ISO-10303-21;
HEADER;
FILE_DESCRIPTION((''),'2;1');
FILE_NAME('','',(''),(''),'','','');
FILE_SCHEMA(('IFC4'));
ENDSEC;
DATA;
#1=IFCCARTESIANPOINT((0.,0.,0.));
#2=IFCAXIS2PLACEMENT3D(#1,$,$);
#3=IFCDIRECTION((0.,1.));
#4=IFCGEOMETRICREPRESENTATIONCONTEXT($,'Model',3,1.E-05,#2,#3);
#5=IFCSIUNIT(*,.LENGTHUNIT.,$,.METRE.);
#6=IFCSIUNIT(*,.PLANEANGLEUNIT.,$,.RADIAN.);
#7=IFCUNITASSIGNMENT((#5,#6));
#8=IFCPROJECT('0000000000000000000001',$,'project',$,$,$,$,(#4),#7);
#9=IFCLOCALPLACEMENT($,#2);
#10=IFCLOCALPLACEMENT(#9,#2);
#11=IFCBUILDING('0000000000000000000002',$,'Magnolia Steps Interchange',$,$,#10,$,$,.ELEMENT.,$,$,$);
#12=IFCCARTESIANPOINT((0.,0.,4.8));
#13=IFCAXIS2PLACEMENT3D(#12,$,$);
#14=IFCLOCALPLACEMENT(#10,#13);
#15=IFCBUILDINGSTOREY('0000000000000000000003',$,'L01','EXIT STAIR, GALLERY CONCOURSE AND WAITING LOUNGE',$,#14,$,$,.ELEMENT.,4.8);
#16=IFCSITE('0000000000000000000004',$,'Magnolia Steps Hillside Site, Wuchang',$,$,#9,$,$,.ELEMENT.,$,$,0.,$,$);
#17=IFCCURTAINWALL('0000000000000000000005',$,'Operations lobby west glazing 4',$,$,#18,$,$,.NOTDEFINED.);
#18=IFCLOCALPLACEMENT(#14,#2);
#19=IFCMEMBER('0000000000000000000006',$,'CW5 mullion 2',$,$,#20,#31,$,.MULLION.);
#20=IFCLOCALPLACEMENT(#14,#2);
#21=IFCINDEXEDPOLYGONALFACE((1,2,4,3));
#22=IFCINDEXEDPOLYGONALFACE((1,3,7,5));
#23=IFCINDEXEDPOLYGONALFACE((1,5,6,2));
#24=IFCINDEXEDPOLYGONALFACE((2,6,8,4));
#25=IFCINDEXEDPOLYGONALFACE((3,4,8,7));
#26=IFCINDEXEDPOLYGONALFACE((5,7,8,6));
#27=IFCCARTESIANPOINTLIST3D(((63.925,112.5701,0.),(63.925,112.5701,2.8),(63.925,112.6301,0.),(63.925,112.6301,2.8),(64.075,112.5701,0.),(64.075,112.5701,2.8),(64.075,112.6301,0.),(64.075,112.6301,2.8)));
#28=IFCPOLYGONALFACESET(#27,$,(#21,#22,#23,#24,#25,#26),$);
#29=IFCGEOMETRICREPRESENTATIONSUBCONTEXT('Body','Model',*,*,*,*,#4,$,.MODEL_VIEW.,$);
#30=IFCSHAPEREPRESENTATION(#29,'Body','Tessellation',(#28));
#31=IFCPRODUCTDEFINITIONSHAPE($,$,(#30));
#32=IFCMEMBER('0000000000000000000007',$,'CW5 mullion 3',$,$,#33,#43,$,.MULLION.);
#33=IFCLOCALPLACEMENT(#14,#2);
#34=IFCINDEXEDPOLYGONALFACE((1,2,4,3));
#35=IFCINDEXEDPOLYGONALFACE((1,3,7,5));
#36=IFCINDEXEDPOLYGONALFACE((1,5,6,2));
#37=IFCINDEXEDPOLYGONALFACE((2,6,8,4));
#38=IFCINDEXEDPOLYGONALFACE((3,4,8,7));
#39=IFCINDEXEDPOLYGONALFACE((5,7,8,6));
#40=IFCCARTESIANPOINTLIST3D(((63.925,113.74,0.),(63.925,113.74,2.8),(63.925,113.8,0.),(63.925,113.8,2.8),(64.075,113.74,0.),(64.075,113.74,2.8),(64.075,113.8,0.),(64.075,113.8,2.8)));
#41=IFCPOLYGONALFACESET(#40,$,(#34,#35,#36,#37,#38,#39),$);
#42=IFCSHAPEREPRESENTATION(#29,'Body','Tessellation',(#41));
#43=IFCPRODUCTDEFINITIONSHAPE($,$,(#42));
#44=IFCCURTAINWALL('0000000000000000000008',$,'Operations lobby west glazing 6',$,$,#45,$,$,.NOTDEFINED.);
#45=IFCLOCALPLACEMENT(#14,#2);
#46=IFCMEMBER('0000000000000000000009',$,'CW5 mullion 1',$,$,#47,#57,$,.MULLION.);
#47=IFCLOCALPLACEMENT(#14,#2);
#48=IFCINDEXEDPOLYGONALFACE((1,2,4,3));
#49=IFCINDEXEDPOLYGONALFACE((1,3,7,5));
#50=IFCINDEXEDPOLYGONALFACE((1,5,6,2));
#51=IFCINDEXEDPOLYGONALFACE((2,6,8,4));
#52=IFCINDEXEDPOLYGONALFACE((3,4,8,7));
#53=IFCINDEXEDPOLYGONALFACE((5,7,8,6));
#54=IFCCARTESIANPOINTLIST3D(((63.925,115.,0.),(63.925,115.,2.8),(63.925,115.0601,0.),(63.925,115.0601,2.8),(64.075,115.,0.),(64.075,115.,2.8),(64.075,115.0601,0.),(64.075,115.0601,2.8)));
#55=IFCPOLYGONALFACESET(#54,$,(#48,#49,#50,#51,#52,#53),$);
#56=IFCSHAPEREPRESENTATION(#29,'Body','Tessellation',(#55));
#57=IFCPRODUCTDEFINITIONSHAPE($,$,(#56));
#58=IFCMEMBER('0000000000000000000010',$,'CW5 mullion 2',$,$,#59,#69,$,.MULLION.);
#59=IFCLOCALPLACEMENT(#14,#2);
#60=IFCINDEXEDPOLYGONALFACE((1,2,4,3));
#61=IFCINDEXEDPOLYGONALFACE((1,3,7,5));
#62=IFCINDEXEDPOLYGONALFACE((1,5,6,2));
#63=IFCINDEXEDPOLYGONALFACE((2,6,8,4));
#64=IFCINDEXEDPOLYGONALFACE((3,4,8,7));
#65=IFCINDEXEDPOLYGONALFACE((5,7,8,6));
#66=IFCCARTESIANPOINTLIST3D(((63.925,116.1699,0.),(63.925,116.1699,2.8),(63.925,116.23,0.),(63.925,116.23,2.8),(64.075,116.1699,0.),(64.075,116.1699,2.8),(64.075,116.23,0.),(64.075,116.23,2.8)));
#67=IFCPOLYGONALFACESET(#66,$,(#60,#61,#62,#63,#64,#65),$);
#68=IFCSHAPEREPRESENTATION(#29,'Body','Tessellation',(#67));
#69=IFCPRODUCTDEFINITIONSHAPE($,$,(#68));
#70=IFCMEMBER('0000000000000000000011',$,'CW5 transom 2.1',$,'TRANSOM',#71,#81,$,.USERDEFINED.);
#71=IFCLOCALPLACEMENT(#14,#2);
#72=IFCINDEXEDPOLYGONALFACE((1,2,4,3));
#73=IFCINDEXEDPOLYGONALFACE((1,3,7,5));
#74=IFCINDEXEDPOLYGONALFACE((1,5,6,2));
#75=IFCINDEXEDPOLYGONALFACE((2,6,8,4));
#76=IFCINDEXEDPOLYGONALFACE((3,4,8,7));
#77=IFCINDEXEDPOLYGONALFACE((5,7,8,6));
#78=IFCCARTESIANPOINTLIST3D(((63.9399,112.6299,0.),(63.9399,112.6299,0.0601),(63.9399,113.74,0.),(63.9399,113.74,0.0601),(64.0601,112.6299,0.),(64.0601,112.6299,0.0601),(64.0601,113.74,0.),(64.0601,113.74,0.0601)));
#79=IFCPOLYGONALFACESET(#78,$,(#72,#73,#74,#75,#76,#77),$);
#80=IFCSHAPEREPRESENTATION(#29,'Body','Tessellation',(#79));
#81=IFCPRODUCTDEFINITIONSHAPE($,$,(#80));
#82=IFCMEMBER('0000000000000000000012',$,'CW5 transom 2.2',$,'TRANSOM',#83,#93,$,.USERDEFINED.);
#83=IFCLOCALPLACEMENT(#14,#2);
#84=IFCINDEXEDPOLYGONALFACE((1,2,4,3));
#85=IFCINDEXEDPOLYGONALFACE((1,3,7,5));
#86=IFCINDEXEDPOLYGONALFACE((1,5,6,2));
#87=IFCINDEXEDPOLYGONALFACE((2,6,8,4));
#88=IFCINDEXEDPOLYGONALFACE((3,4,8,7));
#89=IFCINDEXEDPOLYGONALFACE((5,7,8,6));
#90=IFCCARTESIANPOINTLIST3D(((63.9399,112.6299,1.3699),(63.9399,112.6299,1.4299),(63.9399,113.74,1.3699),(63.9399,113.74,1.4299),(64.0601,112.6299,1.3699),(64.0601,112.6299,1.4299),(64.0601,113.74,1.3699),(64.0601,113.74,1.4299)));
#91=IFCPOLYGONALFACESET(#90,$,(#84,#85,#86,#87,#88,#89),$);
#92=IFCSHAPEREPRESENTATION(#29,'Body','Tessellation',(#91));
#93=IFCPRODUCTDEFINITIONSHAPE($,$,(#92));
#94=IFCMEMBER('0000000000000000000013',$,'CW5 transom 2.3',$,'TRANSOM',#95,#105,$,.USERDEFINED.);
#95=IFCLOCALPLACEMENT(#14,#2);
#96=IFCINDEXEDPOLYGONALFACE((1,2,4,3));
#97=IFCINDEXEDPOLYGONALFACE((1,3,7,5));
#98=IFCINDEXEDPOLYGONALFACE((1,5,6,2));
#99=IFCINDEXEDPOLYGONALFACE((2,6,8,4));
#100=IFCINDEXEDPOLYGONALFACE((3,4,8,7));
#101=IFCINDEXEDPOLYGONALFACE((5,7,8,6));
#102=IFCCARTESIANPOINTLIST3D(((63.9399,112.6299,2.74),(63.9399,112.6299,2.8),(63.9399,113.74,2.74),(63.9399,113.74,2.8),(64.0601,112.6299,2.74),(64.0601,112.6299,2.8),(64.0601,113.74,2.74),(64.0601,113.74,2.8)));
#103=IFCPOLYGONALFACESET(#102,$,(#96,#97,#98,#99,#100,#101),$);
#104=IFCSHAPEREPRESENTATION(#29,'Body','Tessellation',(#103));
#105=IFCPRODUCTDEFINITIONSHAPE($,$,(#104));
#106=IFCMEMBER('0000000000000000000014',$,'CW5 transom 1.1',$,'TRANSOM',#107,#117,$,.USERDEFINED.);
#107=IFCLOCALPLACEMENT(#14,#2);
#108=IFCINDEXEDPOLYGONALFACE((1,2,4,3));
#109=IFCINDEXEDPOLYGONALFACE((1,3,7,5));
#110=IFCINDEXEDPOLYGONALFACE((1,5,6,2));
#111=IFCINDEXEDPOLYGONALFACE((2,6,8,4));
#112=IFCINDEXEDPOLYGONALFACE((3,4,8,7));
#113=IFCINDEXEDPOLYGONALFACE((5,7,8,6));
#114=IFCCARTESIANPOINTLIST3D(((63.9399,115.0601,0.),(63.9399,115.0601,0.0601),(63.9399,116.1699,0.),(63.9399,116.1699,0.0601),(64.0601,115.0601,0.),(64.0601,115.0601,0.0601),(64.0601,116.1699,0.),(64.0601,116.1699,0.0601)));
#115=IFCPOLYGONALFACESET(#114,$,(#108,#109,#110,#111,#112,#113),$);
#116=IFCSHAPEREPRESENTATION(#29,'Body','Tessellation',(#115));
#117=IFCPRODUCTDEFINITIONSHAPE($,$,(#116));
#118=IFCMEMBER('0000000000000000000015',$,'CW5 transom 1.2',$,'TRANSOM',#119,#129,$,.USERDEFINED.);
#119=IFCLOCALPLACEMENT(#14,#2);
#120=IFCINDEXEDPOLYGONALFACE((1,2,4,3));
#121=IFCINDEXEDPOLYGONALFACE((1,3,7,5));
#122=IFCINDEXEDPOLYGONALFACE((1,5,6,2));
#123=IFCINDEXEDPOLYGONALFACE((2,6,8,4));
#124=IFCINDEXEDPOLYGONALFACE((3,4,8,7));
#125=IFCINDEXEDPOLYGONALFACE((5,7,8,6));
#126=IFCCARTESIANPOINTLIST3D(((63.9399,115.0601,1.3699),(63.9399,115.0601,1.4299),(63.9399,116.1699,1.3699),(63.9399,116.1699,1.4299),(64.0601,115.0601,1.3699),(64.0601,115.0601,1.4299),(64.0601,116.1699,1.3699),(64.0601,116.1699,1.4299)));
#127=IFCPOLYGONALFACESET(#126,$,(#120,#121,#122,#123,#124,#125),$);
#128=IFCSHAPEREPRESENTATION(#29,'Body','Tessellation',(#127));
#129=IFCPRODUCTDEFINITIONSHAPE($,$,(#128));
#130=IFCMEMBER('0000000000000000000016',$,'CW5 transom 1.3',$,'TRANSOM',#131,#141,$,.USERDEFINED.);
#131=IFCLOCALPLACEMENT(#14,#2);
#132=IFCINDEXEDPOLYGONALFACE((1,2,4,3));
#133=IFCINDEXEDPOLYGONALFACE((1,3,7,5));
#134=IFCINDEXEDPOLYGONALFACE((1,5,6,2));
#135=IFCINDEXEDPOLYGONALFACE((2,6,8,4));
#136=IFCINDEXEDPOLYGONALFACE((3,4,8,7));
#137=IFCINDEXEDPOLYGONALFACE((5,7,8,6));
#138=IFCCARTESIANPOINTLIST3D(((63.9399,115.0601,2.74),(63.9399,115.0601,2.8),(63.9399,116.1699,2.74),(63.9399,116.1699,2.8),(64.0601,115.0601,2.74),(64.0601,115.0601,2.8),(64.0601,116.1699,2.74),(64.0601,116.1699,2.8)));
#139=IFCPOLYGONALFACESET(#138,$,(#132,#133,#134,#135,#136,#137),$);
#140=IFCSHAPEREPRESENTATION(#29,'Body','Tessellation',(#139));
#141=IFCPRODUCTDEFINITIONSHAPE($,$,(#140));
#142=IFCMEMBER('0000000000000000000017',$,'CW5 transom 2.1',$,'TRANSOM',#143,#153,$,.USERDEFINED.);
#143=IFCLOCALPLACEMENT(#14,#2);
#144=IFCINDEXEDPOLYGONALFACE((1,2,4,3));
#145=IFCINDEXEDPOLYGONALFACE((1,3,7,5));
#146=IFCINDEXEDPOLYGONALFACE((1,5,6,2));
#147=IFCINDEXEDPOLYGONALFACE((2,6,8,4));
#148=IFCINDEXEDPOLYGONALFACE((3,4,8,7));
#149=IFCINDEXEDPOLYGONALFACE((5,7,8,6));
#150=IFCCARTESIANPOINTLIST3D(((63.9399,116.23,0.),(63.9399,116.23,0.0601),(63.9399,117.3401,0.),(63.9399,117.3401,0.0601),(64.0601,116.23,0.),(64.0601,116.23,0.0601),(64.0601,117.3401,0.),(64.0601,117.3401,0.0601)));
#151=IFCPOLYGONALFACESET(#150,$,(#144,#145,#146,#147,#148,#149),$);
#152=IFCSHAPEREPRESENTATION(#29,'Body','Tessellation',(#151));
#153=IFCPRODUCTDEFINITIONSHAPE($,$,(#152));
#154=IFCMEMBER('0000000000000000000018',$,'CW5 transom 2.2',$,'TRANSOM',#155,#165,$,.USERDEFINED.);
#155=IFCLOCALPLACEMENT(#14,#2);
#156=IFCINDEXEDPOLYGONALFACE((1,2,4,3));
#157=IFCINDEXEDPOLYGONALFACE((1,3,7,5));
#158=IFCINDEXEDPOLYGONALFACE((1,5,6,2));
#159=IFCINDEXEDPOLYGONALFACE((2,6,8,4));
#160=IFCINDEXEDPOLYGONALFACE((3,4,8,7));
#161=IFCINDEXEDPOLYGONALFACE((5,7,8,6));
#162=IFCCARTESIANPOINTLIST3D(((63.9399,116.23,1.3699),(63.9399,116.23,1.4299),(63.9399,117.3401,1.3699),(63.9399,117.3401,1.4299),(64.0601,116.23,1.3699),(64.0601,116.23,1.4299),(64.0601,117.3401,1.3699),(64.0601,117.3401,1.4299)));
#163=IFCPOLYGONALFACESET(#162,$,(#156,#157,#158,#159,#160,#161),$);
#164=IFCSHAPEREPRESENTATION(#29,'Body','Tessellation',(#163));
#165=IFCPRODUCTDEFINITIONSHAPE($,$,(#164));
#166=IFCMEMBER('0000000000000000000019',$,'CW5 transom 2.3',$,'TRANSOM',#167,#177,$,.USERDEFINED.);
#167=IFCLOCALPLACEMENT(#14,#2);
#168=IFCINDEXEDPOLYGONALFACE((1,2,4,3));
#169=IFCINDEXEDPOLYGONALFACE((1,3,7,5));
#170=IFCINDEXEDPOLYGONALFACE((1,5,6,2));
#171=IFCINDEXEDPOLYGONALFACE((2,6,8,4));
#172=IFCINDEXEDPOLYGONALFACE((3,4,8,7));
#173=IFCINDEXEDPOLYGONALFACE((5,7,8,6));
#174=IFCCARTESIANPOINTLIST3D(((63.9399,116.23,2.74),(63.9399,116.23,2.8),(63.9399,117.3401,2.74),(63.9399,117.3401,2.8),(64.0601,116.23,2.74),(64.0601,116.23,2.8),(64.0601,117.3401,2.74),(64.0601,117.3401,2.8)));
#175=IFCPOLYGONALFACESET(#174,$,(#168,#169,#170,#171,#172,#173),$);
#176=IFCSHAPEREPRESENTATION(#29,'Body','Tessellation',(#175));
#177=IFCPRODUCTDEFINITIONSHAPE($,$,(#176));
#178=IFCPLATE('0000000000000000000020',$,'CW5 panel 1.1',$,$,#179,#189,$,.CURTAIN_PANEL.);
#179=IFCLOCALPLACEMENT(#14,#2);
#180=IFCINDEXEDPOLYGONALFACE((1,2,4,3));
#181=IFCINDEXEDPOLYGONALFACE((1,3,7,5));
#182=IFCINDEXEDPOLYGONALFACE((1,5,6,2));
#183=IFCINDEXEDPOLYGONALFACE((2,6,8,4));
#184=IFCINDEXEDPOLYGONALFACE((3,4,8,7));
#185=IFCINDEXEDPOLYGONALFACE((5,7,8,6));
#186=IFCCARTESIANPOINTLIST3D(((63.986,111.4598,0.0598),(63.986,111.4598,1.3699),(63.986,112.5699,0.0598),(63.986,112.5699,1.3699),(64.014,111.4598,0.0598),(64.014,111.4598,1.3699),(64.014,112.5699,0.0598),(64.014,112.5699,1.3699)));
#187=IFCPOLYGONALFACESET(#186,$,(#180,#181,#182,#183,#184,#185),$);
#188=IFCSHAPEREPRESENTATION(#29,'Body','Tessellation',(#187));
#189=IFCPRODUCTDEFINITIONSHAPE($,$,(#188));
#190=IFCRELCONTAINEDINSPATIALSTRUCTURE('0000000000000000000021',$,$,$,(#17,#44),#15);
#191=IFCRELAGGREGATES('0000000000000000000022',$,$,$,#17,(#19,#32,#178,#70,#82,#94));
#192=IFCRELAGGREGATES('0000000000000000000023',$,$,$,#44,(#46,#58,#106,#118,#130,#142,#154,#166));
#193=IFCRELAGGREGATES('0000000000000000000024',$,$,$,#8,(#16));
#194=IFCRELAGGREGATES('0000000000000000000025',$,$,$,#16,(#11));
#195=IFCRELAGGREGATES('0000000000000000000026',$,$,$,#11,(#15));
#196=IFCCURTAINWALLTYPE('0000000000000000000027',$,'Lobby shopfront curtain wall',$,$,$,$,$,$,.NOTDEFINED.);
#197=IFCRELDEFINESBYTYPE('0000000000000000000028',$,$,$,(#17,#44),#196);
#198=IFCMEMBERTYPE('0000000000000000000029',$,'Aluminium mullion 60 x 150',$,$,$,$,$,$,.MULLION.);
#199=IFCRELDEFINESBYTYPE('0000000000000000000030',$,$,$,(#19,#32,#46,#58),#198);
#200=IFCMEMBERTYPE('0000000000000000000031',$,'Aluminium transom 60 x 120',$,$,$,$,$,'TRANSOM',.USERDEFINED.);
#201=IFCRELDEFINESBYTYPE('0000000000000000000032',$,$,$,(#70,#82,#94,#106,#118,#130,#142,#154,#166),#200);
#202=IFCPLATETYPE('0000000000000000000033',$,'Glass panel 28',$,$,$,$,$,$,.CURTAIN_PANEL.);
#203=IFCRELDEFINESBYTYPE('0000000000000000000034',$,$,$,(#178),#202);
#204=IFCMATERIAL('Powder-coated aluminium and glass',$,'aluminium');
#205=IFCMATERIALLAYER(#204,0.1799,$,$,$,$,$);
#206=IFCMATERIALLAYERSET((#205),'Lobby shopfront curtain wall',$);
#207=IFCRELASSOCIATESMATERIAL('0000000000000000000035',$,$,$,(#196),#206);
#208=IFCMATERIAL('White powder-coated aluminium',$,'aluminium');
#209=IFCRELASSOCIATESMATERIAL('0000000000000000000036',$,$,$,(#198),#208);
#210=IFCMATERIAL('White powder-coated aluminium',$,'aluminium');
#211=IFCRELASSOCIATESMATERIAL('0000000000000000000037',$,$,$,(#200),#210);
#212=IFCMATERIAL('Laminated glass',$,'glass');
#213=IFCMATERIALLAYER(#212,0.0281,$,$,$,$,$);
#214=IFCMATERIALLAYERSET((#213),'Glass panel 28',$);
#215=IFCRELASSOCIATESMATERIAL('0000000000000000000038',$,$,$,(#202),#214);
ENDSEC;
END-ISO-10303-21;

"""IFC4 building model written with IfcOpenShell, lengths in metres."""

from ifc_helpers import new_model, si_unit, direction, frame, origin, origin_2d, place, context, subcontext, project, spatial, rectangle, extrude, material, layer, layer_set, material_profile, profile_set, type_object, element, aggregate, save


model = new_model("IFC4")

# Units and contexts
model_context = context("Model", 3, precision=1e-05, world=origin(), true_north=direction((0.0, 1.0)))
body_context = subcontext(model_context, "Body", "Model", "MODEL_VIEW")
ifc_project = project(units=[si_unit("LENGTHUNIT", "METRE"), si_unit("PLANEANGLEUNIT", "RADIAN")], contexts=[model_context])

# Site, building, storey
site_placement = place(None, origin())
site = spatial("IfcSite", under=ifc_project, at=site_placement, Name="Magnolia Steps Hillside Site, Wuchang", CompositionType="ELEMENT", RefElevation=0.0)
building_placement = place(site_placement, origin())
building = spatial("IfcBuilding", under=site, at=building_placement, Name="Magnolia Steps Interchange", CompositionType="ELEMENT")
storey_placement = place(building_placement, frame((0.0, 0.0, 4.8)))
storey = spatial("IfcBuildingStorey", under=building, at=storey_placement, Name="L01", Description="EXIT STAIR, GALLERY CONCOURSE AND WAITING LOUNGE", CompositionType="ELEMENT", Elevation=4.8)

# Curtain walls, members
ifc_material_1 = material(Name="Powder-coated aluminium and glass", Category="aluminium")
ifc_layer_1 = layer(ifc_material_1, 0.1799)
ifc_layer_set_1 = layer_set([ifc_layer_1], Name="Lobby shopfront curtain wall")
curtain_wall_type = type_object("IfcCurtainWallType", Name="Lobby shopfront curtain wall", PredefinedType="NOTDEFINED", material=ifc_layer_set_1)
curtain_wall_1_placement = place(storey_placement, origin())
curtain_wall_1 = element("IfcCurtainWall", 1, at=curtain_wall_1_placement, inside=storey, type_object=curtain_wall_type, Name="Operations lobby west glazing 4", PredefinedType="NOTDEFINED")
ifc_material_2 = material(Name="White powder-coated aluminium", Category="aluminium")
ifc_material_profile_1 = material_profile(ifc_material_2, rectangle(XDim=0.0601, YDim=0.1499, at=origin_2d()), Name="Aluminium mullion 60 x 150")
ifc_profile_set_1 = profile_set([ifc_material_profile_1], Name="White powder-coated aluminium")
member_type_1 = type_object("IfcMemberType", Name="Aluminium mullion 60 x 150", PredefinedType="MULLION", material=ifc_profile_set_1)
member_1_placement = place(storey_placement, frame((64.0, 112.6001, 0.0), z_axis=(0.0, 0.0, 1.0), x_axis=(0.0, 1.0, 0.0)))
member_1 = element("IfcMember", 2, at=member_1_placement, type_object=member_type_1, Name="CW5 mullion 2", PredefinedType="MULLION", context=body_context, shape_type="SweptSolid", body=[
    extrude(rectangle(XDim=0.0601, YDim=0.1499, at=origin_2d()), origin(), (0.0, 0.0, 1.0), 2.8),
])
member_2_placement = place(storey_placement, frame((64.0, 113.77, 0.0), z_axis=(0.0, 0.0, 1.0), x_axis=(0.0, 1.0, 0.0)))
member_2 = element("IfcMember", 3, at=member_2_placement, type_object=member_type_1, Name="CW5 mullion 3", PredefinedType="MULLION", context=body_context, shape_type="SweptSolid", body=[
    extrude(rectangle(XDim=0.0601, YDim=0.1499, at=origin_2d()), origin(), (0.0, 0.0, 1.0), 2.8),
])
curtain_wall_2_placement = place(storey_placement, origin())
curtain_wall_2 = element("IfcCurtainWall", 4, at=curtain_wall_2_placement, inside=storey, type_object=curtain_wall_type, Name="Operations lobby west glazing 6", PredefinedType="NOTDEFINED")
member_3_placement = place(storey_placement, frame((64.0, 115.03, 0.0), z_axis=(0.0, 0.0, 1.0), x_axis=(0.0, 1.0, 0.0)))
member_3 = element("IfcMember", 5, at=member_3_placement, type_object=member_type_1, Name="CW5 mullion 1", PredefinedType="MULLION", context=body_context, shape_type="SweptSolid", body=[
    extrude(rectangle(XDim=0.0601, YDim=0.1499, at=origin_2d()), origin(), (0.0, 0.0, 1.0), 2.8),
])
member_4_placement = place(storey_placement, frame((64.0, 116.2, 0.0), z_axis=(0.0, 0.0, 1.0), x_axis=(0.0, 1.0, 0.0)))
member_4 = element("IfcMember", 6, at=member_4_placement, type_object=member_type_1, Name="CW5 mullion 2", PredefinedType="MULLION", context=body_context, shape_type="SweptSolid", body=[
    extrude(rectangle(XDim=0.0601, YDim=0.1499, at=origin_2d()), origin(), (0.0, 0.0, 1.0), 2.8),
])

# Members
ifc_material_3 = material(Name="White powder-coated aluminium", Category="aluminium")
ifc_material_profile_2 = material_profile(ifc_material_3, rectangle(XDim=0.0601, YDim=0.1201, at=origin_2d()), Name="Aluminium transom 60 x 120")
ifc_profile_set_2 = profile_set([ifc_material_profile_2], Name="White powder-coated aluminium")
member_type_2 = type_object("IfcMemberType", Name="Aluminium transom 60 x 120", ElementType="TRANSOM", PredefinedType="USERDEFINED", material=ifc_profile_set_2)
member_5_placement = place(storey_placement, frame((64.0, 112.6299, 0.03), z_axis=(0.0, 1.0, 0.0), x_axis=(0.0, 0.0, 1.0)))
member_5 = element("IfcMember", 7, at=member_5_placement, type_object=member_type_2, Name="CW5 transom 2.1", ObjectType="TRANSOM", PredefinedType="USERDEFINED", context=body_context, shape_type="SweptSolid", body=[
    extrude(rectangle(XDim=0.0601, YDim=0.1201, at=origin_2d()), origin(), (0.0, 0.0, 1.0), 1.1101),
])
member_6_placement = place(storey_placement, frame((64.0, 112.6299, 1.3999), z_axis=(0.0, 1.0, 0.0), x_axis=(0.0, 0.0, 1.0)))
member_6 = element("IfcMember", 8, at=member_6_placement, type_object=member_type_2, Name="CW5 transom 2.2", ObjectType="TRANSOM", PredefinedType="USERDEFINED", context=body_context, shape_type="SweptSolid", body=[
    extrude(rectangle(XDim=0.0601, YDim=0.1201, at=origin_2d()), origin(), (0.0, 0.0, 1.0), 1.1101),
])
member_7_placement = place(storey_placement, frame((64.0, 112.6299, 2.77), z_axis=(0.0, 1.0, 0.0), x_axis=(0.0, 0.0, 1.0)))
member_7 = element("IfcMember", 9, at=member_7_placement, type_object=member_type_2, Name="CW5 transom 2.3", ObjectType="TRANSOM", PredefinedType="USERDEFINED", context=body_context, shape_type="SweptSolid", body=[
    extrude(rectangle(XDim=0.0601, YDim=0.1201, at=origin_2d()), origin(), (0.0, 0.0, 1.0), 1.1101),
])
member_8_placement = place(storey_placement, frame((64.0, 115.0601, 0.03), z_axis=(0.0, 1.0, 0.0), x_axis=(0.0, 0.0, 1.0)))
member_8 = element("IfcMember", 10, at=member_8_placement, type_object=member_type_2, Name="CW5 transom 1.1", ObjectType="TRANSOM", PredefinedType="USERDEFINED", context=body_context, shape_type="SweptSolid", body=[
    extrude(rectangle(XDim=0.0601, YDim=0.1201, at=origin_2d()), origin(), (0.0, 0.0, 1.0), 1.1099),
])
member_9_placement = place(storey_placement, frame((64.0, 115.0601, 1.3999), z_axis=(0.0, 1.0, 0.0), x_axis=(0.0, 0.0, 1.0)))
member_9 = element("IfcMember", 11, at=member_9_placement, type_object=member_type_2, Name="CW5 transom 1.2", ObjectType="TRANSOM", PredefinedType="USERDEFINED", context=body_context, shape_type="SweptSolid", body=[
    extrude(rectangle(XDim=0.0601, YDim=0.1201, at=origin_2d()), origin(), (0.0, 0.0, 1.0), 1.1099),
])
member_10_placement = place(storey_placement, frame((64.0, 115.0601, 2.77), z_axis=(0.0, 1.0, 0.0), x_axis=(0.0, 0.0, 1.0)))
member_10 = element("IfcMember", 12, at=member_10_placement, type_object=member_type_2, Name="CW5 transom 1.3", ObjectType="TRANSOM", PredefinedType="USERDEFINED", context=body_context, shape_type="SweptSolid", body=[
    extrude(rectangle(XDim=0.0601, YDim=0.1201, at=origin_2d()), origin(), (0.0, 0.0, 1.0), 1.1099),
])
member_11_placement = place(storey_placement, frame((64.0, 116.23, 0.03), z_axis=(0.0, 1.0, 0.0), x_axis=(0.0, 0.0, 1.0)))
member_11 = element("IfcMember", 13, at=member_11_placement, type_object=member_type_2, Name="CW5 transom 2.1", ObjectType="TRANSOM", PredefinedType="USERDEFINED", context=body_context, shape_type="SweptSolid", body=[
    extrude(rectangle(XDim=0.0601, YDim=0.1201, at=origin_2d()), origin(), (0.0, 0.0, 1.0), 1.1101),
])
member_12_placement = place(storey_placement, frame((64.0, 116.23, 1.3999), z_axis=(0.0, 1.0, 0.0), x_axis=(0.0, 0.0, 1.0)))
member_12 = element("IfcMember", 14, at=member_12_placement, type_object=member_type_2, Name="CW5 transom 2.2", ObjectType="TRANSOM", PredefinedType="USERDEFINED", context=body_context, shape_type="SweptSolid", body=[
    extrude(rectangle(XDim=0.0601, YDim=0.1201, at=origin_2d()), origin(), (0.0, 0.0, 1.0), 1.1101),
])
member_13_placement = place(storey_placement, frame((64.0, 116.23, 2.77), z_axis=(0.0, 1.0, 0.0), x_axis=(0.0, 0.0, 1.0)))
member_13 = element("IfcMember", 15, at=member_13_placement, type_object=member_type_2, Name="CW5 transom 2.3", ObjectType="TRANSOM", PredefinedType="USERDEFINED", context=body_context, shape_type="SweptSolid", body=[
    extrude(rectangle(XDim=0.0601, YDim=0.1201, at=origin_2d()), origin(), (0.0, 0.0, 1.0), 1.1101),
])

# Plate
ifc_material_4 = material(Name="Laminated glass", Category="glass")
ifc_layer_2 = layer(ifc_material_4, 0.0281)
ifc_layer_set_2 = layer_set([ifc_layer_2], Name="Glass panel 28")
plate_type = type_object("IfcPlateType", Name="Glass panel 28", PredefinedType="CURTAIN_PANEL", material=ifc_layer_set_2)
plate_1_placement = place(storey_placement, frame((64.0, 112.0149, 0.0598), z_axis=(0.0, 0.0, 1.0), x_axis=(0.0, 1.0, 0.0)))
plate_1 = element("IfcPlate", 16, at=plate_1_placement, type_object=plate_type, Name="CW5 panel 1.1", PredefinedType="CURTAIN_PANEL", context=body_context, shape_type="SweptSolid", body=[
    extrude(rectangle(XDim=1.1101, YDim=0.0281, at=origin_2d()), origin(), (0.0, 0.0, 1.0), 1.3101),
])
aggregate(curtain_wall_1, [member_1, member_2, plate_1, member_5, member_6, member_7])
aggregate(curtain_wall_2, [member_3, member_4, member_8, member_9, member_10, member_11, member_12, member_13])

save(model, "model.ifc")
